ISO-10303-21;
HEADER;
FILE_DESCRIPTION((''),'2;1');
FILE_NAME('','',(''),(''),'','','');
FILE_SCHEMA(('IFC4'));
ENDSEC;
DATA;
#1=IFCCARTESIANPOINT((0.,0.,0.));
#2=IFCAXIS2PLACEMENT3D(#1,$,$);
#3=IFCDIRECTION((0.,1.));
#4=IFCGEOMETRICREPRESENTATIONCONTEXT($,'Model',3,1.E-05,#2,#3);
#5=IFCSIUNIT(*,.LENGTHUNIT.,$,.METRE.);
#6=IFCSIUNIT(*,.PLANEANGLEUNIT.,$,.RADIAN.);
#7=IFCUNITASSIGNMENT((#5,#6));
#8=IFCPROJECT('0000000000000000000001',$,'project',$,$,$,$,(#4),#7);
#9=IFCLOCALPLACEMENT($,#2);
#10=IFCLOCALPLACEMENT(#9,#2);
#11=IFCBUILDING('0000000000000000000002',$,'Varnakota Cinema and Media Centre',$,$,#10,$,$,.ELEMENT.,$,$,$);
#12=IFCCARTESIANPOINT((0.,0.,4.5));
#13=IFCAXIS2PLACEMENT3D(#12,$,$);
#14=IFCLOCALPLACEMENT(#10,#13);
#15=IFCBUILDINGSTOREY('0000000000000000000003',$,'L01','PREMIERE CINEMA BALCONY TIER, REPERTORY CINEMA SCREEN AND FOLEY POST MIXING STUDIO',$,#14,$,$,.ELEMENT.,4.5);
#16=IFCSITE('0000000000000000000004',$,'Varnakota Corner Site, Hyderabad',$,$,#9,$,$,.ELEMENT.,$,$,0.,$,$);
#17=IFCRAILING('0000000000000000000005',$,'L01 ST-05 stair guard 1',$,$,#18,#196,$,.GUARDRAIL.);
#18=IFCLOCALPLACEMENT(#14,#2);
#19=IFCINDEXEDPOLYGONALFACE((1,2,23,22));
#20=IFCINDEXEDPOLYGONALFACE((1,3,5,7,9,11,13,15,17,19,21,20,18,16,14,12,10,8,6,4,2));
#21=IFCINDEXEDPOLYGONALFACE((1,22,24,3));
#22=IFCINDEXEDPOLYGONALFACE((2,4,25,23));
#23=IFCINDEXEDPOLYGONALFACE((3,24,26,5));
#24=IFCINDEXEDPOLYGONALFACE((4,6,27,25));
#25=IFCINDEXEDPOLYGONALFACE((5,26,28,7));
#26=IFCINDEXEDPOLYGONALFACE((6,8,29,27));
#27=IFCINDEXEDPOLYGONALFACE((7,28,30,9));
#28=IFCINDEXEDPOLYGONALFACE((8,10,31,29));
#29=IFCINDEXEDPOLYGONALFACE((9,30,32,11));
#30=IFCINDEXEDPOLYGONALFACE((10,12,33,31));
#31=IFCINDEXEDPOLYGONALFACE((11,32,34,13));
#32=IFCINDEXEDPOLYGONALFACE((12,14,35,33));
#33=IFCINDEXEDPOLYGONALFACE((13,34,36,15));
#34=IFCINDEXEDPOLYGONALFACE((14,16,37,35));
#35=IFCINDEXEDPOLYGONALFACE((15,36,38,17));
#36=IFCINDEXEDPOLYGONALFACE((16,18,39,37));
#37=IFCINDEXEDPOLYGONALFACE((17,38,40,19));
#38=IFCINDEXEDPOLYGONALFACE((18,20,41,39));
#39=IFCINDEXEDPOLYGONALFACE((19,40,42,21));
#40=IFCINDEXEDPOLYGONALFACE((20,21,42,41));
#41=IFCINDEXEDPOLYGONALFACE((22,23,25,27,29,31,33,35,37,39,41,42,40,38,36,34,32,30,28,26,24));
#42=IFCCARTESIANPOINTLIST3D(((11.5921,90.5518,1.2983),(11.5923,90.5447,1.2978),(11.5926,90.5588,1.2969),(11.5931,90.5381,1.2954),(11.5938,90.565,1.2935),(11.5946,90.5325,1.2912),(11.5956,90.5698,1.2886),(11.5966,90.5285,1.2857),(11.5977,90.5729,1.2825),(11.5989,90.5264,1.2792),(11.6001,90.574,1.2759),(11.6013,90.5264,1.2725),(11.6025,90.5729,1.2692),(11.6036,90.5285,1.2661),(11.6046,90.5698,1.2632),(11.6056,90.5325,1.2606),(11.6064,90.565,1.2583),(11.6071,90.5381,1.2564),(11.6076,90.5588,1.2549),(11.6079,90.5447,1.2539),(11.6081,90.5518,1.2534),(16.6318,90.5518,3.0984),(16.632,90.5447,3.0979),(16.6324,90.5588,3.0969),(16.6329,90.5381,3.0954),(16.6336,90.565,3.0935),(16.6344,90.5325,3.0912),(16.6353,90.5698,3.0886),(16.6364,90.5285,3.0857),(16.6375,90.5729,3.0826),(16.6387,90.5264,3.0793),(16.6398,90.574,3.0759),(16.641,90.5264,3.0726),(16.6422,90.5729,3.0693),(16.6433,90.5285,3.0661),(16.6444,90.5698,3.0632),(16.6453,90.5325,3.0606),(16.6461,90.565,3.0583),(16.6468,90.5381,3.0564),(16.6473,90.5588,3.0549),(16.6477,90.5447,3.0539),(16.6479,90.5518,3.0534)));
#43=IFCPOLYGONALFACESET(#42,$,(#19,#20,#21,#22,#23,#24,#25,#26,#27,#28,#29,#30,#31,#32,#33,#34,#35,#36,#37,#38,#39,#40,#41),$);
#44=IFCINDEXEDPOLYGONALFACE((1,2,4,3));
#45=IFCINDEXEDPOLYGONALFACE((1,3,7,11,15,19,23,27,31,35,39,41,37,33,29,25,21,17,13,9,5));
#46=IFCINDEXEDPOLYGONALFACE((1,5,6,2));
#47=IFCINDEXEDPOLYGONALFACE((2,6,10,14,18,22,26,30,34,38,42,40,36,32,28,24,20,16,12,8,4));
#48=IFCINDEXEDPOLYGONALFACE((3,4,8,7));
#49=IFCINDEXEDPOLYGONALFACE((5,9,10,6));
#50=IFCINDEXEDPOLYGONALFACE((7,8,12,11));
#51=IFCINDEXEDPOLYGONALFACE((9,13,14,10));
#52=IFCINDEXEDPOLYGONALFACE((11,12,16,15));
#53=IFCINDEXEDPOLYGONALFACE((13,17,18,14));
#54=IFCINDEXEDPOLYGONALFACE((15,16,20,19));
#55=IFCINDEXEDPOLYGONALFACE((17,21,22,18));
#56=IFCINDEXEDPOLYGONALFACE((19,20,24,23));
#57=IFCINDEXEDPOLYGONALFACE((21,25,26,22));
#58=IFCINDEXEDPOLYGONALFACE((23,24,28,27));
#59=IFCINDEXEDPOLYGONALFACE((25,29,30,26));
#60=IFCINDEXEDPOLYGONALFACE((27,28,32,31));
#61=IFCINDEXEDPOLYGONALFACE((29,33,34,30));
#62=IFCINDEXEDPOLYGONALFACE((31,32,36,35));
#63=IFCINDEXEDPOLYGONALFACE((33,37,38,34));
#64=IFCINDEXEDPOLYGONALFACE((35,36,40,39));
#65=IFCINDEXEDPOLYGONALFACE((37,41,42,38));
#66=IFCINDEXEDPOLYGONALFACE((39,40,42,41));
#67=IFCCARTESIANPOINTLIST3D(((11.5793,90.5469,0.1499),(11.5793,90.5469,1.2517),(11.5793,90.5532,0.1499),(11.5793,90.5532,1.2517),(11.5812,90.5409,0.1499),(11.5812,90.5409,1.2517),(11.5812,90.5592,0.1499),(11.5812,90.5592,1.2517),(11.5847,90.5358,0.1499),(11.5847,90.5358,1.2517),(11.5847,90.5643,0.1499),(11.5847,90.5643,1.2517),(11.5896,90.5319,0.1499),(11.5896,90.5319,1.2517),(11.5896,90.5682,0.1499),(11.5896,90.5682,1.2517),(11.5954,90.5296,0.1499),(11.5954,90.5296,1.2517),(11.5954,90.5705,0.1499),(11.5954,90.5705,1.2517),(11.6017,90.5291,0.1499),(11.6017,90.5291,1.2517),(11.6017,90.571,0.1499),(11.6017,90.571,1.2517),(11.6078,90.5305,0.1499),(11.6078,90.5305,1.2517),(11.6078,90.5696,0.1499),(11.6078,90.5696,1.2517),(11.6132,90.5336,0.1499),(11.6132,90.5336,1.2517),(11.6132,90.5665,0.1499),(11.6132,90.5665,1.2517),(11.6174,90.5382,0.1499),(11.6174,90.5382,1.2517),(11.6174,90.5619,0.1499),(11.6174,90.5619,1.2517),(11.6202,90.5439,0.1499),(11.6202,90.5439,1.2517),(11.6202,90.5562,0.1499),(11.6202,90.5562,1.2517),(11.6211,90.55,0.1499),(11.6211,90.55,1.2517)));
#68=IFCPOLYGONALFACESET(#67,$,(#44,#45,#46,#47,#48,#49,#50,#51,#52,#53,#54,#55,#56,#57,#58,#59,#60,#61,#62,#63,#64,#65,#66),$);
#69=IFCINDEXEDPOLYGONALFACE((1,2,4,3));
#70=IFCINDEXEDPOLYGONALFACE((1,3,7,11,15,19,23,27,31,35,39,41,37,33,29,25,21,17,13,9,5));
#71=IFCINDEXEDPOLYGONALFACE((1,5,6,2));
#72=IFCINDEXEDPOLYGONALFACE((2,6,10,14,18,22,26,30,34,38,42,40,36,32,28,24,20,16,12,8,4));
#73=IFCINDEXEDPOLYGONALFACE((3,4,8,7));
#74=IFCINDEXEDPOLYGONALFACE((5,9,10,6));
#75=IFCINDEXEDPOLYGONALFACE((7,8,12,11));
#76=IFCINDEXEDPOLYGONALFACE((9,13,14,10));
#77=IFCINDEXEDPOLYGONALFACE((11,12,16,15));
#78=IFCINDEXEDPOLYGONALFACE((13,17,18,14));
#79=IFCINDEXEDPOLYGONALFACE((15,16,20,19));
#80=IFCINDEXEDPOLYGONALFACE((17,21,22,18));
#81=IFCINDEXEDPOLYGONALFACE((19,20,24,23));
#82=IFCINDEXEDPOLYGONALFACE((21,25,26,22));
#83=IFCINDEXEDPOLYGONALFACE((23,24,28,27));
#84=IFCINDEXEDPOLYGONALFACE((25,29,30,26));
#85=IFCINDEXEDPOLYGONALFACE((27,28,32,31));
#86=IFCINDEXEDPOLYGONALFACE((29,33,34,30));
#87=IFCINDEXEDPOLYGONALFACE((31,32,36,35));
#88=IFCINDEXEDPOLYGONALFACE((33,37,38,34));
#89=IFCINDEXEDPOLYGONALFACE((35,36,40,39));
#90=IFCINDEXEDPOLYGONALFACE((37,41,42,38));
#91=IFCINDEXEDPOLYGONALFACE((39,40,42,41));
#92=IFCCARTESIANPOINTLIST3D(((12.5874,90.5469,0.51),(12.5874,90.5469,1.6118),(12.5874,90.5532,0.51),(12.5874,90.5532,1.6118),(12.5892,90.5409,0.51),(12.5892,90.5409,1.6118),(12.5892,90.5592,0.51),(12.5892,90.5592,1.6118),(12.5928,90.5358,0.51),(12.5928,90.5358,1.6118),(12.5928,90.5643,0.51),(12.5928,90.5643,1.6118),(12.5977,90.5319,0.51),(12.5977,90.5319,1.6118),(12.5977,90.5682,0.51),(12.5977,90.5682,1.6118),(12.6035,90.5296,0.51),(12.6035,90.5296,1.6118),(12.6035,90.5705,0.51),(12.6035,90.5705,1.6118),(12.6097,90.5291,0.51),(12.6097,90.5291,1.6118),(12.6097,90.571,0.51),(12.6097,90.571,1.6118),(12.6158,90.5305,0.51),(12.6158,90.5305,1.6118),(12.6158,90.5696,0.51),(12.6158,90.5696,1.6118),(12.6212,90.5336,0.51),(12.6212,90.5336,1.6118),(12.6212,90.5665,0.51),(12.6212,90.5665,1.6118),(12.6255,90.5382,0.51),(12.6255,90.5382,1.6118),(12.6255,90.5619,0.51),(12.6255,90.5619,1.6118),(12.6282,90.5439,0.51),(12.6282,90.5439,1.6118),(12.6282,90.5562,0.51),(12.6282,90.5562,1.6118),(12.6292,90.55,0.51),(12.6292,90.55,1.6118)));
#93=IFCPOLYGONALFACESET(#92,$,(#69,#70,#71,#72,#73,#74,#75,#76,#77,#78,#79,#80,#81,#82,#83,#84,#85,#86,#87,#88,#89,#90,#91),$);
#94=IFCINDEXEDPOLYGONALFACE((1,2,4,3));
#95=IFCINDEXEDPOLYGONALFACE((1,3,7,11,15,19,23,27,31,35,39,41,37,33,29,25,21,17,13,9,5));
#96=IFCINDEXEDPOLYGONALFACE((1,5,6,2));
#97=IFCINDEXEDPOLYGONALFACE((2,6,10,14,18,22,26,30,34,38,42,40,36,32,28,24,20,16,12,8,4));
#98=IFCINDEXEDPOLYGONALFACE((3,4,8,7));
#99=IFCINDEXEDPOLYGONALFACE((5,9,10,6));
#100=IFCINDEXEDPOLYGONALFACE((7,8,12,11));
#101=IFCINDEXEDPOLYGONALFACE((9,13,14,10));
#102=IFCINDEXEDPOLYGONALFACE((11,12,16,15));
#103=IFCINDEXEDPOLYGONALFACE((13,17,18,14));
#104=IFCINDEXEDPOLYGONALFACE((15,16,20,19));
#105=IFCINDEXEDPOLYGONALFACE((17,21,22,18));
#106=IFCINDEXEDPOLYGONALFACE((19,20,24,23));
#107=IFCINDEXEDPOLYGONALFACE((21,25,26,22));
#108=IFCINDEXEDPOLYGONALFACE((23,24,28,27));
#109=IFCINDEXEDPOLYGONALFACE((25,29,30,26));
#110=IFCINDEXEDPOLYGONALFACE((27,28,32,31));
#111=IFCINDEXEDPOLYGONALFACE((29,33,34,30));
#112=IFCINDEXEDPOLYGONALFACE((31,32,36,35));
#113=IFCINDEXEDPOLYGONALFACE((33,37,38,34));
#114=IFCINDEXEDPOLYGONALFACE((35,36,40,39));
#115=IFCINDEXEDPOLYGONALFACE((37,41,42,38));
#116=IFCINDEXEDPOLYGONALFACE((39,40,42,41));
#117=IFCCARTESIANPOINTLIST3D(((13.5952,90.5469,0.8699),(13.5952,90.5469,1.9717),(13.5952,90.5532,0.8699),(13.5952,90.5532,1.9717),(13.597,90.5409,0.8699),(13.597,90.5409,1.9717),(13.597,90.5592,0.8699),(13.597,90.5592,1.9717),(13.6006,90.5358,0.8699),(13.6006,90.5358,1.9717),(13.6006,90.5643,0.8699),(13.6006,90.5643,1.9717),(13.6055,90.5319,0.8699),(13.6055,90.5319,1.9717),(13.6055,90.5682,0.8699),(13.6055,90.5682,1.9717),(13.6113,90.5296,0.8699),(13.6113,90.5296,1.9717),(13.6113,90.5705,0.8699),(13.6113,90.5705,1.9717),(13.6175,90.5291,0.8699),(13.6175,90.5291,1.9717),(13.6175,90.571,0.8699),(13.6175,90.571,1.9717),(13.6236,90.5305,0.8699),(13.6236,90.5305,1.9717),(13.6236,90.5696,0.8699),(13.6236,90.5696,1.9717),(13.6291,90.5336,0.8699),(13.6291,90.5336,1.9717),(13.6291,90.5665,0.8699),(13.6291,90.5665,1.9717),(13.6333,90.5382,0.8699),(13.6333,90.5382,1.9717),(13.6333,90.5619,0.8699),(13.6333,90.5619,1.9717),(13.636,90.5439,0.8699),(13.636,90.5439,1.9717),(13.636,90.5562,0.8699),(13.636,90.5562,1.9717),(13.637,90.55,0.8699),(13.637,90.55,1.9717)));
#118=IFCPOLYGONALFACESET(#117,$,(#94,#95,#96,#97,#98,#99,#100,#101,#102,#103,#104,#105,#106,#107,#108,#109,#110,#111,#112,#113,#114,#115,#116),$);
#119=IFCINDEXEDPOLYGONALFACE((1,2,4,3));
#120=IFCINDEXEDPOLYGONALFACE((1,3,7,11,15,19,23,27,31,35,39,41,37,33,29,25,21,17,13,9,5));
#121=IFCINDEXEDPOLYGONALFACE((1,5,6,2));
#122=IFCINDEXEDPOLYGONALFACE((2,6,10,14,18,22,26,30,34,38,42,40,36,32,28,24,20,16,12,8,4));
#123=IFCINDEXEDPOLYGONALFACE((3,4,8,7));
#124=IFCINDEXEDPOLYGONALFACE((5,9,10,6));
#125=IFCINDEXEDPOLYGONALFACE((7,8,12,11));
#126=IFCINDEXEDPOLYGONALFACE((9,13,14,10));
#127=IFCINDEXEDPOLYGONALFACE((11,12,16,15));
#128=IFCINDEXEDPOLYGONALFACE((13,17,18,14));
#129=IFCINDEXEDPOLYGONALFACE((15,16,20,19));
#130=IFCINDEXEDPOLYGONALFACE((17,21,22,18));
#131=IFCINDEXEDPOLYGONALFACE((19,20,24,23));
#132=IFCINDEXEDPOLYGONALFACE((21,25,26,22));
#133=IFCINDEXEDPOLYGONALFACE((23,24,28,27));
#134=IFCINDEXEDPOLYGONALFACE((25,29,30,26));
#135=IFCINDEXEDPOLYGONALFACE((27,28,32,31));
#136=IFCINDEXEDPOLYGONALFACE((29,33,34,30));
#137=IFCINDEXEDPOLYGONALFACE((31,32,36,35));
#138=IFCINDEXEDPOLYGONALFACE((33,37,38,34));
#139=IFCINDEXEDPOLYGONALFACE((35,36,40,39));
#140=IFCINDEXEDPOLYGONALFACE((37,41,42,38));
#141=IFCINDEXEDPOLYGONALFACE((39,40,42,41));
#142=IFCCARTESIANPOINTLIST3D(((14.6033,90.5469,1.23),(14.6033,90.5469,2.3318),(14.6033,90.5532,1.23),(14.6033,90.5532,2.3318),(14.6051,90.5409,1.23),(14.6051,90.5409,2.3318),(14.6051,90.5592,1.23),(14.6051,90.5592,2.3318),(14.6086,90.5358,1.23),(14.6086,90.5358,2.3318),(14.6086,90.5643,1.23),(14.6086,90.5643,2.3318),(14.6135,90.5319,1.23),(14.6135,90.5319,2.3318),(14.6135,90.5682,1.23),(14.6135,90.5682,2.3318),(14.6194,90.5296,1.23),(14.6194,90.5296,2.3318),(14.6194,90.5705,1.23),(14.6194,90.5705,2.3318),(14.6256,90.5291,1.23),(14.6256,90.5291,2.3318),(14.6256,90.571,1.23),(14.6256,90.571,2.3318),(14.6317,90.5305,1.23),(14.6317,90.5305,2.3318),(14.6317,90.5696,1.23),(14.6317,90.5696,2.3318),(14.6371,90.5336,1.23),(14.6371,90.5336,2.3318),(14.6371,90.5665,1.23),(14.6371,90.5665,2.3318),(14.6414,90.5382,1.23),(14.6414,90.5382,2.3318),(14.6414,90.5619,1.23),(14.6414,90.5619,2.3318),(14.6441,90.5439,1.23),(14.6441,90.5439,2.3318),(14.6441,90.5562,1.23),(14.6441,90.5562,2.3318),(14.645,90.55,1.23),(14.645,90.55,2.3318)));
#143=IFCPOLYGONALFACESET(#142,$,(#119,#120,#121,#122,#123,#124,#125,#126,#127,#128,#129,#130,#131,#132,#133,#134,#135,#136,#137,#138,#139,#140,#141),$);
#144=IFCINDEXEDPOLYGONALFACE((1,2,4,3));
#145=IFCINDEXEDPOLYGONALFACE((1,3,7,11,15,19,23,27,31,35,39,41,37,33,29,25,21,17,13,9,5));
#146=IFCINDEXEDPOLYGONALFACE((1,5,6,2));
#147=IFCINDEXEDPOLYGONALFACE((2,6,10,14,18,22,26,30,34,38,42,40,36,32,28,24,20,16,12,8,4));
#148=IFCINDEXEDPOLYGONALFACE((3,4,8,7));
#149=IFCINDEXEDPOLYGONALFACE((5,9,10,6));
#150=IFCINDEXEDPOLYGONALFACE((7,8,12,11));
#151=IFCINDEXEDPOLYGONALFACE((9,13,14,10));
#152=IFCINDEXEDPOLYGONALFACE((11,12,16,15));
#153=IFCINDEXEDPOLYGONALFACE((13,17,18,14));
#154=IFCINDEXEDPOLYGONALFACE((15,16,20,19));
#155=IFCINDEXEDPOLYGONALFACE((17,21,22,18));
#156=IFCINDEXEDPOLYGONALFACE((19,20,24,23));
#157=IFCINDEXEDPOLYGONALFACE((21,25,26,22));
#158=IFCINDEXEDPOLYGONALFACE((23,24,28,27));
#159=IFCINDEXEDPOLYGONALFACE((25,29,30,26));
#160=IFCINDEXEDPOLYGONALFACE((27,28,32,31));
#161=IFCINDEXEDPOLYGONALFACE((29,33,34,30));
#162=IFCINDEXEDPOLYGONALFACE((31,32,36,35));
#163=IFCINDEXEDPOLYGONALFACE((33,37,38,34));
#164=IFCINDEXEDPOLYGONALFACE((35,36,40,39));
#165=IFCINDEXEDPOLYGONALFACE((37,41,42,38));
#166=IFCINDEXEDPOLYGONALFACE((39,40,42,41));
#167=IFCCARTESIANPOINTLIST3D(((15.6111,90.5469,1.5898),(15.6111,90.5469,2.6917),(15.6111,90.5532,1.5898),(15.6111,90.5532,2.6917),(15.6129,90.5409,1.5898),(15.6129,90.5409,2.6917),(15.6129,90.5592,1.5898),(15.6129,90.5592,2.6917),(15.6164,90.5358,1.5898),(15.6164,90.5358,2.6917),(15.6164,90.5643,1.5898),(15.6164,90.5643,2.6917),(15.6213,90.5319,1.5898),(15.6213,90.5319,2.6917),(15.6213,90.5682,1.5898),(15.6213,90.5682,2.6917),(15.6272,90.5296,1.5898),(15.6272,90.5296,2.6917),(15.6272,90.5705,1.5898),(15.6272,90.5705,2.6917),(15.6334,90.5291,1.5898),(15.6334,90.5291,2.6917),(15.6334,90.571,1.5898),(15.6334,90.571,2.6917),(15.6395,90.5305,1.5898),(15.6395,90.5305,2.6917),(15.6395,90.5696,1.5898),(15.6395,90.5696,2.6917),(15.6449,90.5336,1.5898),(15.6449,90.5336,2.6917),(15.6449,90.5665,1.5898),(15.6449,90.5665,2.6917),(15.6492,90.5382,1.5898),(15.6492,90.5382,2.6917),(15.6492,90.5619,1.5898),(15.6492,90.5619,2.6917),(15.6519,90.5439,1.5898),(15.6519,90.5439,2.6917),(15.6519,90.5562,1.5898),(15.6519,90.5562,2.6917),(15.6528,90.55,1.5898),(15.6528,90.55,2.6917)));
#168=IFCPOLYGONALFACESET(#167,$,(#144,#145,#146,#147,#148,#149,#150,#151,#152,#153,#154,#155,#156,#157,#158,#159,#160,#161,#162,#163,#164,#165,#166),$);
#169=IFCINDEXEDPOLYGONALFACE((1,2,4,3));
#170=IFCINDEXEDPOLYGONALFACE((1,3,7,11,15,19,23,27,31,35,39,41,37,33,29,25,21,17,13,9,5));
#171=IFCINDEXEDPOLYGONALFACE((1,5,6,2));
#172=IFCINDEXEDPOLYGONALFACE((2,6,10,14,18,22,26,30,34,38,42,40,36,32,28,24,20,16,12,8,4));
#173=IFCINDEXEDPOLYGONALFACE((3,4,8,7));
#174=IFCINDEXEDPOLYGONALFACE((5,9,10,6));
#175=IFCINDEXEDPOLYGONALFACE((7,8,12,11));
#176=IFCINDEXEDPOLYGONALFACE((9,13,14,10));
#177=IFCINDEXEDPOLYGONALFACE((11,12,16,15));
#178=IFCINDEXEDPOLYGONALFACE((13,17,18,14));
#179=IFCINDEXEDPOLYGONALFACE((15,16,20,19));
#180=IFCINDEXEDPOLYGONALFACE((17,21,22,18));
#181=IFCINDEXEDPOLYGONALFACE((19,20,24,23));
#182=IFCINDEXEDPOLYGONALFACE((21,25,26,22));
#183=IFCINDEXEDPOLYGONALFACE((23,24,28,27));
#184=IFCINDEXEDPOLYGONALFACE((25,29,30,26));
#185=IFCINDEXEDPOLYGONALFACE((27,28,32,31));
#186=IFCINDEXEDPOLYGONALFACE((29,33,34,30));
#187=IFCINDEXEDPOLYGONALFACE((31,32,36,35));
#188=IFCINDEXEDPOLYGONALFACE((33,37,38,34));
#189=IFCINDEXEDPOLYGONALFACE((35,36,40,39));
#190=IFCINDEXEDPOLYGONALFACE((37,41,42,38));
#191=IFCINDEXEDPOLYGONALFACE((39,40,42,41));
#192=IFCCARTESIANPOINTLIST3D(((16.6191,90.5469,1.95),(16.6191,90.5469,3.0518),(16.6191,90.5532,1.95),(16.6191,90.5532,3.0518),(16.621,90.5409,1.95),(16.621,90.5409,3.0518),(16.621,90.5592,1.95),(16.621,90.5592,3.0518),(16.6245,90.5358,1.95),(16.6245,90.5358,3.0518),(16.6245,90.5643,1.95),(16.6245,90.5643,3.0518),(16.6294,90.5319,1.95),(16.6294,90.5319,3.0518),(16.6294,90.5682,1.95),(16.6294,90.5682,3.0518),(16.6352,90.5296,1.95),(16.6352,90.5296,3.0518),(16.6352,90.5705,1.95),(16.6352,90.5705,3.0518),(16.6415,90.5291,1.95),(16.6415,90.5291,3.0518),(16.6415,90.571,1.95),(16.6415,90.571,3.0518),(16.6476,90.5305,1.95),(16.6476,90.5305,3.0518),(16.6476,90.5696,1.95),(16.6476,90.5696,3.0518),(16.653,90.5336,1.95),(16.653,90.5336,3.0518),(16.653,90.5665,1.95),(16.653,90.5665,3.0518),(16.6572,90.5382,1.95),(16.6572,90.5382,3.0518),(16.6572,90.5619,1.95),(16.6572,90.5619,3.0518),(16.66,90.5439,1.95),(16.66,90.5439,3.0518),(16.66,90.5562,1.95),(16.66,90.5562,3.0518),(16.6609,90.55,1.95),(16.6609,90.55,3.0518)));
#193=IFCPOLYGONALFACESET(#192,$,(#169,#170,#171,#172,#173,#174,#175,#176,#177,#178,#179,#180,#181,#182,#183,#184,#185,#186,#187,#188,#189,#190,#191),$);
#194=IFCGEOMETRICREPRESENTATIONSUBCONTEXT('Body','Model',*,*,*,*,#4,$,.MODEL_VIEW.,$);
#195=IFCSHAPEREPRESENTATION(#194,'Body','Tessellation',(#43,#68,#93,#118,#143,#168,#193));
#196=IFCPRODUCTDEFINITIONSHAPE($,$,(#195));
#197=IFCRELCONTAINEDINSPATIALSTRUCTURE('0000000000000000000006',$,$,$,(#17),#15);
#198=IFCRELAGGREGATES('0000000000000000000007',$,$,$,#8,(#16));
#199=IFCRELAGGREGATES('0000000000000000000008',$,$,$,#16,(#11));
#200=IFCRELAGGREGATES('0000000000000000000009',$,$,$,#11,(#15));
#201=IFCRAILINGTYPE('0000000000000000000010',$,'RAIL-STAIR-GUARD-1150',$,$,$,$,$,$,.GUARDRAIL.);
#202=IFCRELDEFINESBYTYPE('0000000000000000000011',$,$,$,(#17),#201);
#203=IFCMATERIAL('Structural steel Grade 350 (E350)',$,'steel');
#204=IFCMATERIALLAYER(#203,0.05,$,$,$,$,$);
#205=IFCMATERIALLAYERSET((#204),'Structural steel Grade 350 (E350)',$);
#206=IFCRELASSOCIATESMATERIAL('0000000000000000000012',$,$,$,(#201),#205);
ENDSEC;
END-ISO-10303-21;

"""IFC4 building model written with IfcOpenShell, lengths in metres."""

from ifc_helpers import new_model, si_unit, direction, frame, origin, origin_2d, place, context, subcontext, project, spatial, circle, extrude, material, layer, layer_set, type_object, element, save


model = new_model("IFC4")

# Units and contexts
model_context = context("Model", 3, precision=1e-05, world=origin(), true_north=direction((0.0, 1.0)))
body_context = subcontext(model_context, "Body", "Model", "MODEL_VIEW")
ifc_project = project(units=[si_unit("LENGTHUNIT", "METRE"), si_unit("PLANEANGLEUNIT", "RADIAN")], contexts=[model_context])

# Site, building, storey
site_placement = place(None, origin())
site = spatial("IfcSite", under=ifc_project, at=site_placement, Name="Varnakota Corner Site, Hyderabad", CompositionType="ELEMENT", RefElevation=0.0)
building_placement = place(site_placement, origin())
building = spatial("IfcBuilding", under=site, at=building_placement, Name="Varnakota Cinema and Media Centre", CompositionType="ELEMENT")
storey_placement = place(building_placement, frame((0.0, 0.0, 4.5)))
storey = spatial("IfcBuildingStorey", under=building, at=storey_placement, Name="L01", Description="PREMIERE CINEMA BALCONY TIER, REPERTORY CINEMA SCREEN AND FOLEY POST MIXING STUDIO", CompositionType="ELEMENT", Elevation=4.5)

# Railing
ifc_material_1 = material(Name="Structural steel Grade 350 (E350)", Category="steel")
ifc_layer_1 = layer(ifc_material_1, 0.05)
ifc_layer_set_1 = layer_set([ifc_layer_1], Name="Structural steel Grade 350 (E350)")
railing_type_1 = type_object("IfcRailingType", Name="RAIL-STAIR-GUARD-1150", PredefinedType="GUARDRAIL", material=ifc_layer_set_1)
railing_1_placement = place(storey_placement, frame((11.6001, 90.55, 0.1499)))
element("IfcRailing", 1, at=railing_1_placement, inside=storey, type_object=railing_type_1, Name="L01 ST-05 stair guard 1", PredefinedType="GUARDRAIL", context=body_context, shape_type="SweptSolid", body=[
    extrude(circle(Radius=0.0239, at=origin_2d()), frame((0.0, 0.0, 1.126), z_axis=(0.941735, 0.0, 0.336357), x_axis=(0.0, 1.0, 0.0)), (0.0, 0.0, 1.0), 5.3516),
    extrude(circle(Radius=0.021, at=origin_2d()), origin(), (0.0, 0.0, 1.0), 1.1018),
    extrude(circle(Radius=0.021, at=origin_2d()), frame((1.0081, 0.0, 0.3601)), (0.0, 0.0, 1.0), 1.1018),
    extrude(circle(Radius=0.021, at=origin_2d()), frame((2.0159, 0.0, 0.72)), (0.0, 0.0, 1.0), 1.1018),
    extrude(circle(Radius=0.021, at=origin_2d()), frame((3.0239, 0.0, 1.0801)), (0.0, 0.0, 1.0), 1.1018),
    extrude(circle(Radius=0.021, at=origin_2d()), frame((4.0317, 0.0, 1.4399)), (0.0, 0.0, 1.0), 1.1018),
    extrude(circle(Radius=0.021, at=origin_2d()), frame((5.0398, 0.0, 1.8)), (0.0, 0.0, 1.0), 1.1018),
])

save(model, "model.ifc")
